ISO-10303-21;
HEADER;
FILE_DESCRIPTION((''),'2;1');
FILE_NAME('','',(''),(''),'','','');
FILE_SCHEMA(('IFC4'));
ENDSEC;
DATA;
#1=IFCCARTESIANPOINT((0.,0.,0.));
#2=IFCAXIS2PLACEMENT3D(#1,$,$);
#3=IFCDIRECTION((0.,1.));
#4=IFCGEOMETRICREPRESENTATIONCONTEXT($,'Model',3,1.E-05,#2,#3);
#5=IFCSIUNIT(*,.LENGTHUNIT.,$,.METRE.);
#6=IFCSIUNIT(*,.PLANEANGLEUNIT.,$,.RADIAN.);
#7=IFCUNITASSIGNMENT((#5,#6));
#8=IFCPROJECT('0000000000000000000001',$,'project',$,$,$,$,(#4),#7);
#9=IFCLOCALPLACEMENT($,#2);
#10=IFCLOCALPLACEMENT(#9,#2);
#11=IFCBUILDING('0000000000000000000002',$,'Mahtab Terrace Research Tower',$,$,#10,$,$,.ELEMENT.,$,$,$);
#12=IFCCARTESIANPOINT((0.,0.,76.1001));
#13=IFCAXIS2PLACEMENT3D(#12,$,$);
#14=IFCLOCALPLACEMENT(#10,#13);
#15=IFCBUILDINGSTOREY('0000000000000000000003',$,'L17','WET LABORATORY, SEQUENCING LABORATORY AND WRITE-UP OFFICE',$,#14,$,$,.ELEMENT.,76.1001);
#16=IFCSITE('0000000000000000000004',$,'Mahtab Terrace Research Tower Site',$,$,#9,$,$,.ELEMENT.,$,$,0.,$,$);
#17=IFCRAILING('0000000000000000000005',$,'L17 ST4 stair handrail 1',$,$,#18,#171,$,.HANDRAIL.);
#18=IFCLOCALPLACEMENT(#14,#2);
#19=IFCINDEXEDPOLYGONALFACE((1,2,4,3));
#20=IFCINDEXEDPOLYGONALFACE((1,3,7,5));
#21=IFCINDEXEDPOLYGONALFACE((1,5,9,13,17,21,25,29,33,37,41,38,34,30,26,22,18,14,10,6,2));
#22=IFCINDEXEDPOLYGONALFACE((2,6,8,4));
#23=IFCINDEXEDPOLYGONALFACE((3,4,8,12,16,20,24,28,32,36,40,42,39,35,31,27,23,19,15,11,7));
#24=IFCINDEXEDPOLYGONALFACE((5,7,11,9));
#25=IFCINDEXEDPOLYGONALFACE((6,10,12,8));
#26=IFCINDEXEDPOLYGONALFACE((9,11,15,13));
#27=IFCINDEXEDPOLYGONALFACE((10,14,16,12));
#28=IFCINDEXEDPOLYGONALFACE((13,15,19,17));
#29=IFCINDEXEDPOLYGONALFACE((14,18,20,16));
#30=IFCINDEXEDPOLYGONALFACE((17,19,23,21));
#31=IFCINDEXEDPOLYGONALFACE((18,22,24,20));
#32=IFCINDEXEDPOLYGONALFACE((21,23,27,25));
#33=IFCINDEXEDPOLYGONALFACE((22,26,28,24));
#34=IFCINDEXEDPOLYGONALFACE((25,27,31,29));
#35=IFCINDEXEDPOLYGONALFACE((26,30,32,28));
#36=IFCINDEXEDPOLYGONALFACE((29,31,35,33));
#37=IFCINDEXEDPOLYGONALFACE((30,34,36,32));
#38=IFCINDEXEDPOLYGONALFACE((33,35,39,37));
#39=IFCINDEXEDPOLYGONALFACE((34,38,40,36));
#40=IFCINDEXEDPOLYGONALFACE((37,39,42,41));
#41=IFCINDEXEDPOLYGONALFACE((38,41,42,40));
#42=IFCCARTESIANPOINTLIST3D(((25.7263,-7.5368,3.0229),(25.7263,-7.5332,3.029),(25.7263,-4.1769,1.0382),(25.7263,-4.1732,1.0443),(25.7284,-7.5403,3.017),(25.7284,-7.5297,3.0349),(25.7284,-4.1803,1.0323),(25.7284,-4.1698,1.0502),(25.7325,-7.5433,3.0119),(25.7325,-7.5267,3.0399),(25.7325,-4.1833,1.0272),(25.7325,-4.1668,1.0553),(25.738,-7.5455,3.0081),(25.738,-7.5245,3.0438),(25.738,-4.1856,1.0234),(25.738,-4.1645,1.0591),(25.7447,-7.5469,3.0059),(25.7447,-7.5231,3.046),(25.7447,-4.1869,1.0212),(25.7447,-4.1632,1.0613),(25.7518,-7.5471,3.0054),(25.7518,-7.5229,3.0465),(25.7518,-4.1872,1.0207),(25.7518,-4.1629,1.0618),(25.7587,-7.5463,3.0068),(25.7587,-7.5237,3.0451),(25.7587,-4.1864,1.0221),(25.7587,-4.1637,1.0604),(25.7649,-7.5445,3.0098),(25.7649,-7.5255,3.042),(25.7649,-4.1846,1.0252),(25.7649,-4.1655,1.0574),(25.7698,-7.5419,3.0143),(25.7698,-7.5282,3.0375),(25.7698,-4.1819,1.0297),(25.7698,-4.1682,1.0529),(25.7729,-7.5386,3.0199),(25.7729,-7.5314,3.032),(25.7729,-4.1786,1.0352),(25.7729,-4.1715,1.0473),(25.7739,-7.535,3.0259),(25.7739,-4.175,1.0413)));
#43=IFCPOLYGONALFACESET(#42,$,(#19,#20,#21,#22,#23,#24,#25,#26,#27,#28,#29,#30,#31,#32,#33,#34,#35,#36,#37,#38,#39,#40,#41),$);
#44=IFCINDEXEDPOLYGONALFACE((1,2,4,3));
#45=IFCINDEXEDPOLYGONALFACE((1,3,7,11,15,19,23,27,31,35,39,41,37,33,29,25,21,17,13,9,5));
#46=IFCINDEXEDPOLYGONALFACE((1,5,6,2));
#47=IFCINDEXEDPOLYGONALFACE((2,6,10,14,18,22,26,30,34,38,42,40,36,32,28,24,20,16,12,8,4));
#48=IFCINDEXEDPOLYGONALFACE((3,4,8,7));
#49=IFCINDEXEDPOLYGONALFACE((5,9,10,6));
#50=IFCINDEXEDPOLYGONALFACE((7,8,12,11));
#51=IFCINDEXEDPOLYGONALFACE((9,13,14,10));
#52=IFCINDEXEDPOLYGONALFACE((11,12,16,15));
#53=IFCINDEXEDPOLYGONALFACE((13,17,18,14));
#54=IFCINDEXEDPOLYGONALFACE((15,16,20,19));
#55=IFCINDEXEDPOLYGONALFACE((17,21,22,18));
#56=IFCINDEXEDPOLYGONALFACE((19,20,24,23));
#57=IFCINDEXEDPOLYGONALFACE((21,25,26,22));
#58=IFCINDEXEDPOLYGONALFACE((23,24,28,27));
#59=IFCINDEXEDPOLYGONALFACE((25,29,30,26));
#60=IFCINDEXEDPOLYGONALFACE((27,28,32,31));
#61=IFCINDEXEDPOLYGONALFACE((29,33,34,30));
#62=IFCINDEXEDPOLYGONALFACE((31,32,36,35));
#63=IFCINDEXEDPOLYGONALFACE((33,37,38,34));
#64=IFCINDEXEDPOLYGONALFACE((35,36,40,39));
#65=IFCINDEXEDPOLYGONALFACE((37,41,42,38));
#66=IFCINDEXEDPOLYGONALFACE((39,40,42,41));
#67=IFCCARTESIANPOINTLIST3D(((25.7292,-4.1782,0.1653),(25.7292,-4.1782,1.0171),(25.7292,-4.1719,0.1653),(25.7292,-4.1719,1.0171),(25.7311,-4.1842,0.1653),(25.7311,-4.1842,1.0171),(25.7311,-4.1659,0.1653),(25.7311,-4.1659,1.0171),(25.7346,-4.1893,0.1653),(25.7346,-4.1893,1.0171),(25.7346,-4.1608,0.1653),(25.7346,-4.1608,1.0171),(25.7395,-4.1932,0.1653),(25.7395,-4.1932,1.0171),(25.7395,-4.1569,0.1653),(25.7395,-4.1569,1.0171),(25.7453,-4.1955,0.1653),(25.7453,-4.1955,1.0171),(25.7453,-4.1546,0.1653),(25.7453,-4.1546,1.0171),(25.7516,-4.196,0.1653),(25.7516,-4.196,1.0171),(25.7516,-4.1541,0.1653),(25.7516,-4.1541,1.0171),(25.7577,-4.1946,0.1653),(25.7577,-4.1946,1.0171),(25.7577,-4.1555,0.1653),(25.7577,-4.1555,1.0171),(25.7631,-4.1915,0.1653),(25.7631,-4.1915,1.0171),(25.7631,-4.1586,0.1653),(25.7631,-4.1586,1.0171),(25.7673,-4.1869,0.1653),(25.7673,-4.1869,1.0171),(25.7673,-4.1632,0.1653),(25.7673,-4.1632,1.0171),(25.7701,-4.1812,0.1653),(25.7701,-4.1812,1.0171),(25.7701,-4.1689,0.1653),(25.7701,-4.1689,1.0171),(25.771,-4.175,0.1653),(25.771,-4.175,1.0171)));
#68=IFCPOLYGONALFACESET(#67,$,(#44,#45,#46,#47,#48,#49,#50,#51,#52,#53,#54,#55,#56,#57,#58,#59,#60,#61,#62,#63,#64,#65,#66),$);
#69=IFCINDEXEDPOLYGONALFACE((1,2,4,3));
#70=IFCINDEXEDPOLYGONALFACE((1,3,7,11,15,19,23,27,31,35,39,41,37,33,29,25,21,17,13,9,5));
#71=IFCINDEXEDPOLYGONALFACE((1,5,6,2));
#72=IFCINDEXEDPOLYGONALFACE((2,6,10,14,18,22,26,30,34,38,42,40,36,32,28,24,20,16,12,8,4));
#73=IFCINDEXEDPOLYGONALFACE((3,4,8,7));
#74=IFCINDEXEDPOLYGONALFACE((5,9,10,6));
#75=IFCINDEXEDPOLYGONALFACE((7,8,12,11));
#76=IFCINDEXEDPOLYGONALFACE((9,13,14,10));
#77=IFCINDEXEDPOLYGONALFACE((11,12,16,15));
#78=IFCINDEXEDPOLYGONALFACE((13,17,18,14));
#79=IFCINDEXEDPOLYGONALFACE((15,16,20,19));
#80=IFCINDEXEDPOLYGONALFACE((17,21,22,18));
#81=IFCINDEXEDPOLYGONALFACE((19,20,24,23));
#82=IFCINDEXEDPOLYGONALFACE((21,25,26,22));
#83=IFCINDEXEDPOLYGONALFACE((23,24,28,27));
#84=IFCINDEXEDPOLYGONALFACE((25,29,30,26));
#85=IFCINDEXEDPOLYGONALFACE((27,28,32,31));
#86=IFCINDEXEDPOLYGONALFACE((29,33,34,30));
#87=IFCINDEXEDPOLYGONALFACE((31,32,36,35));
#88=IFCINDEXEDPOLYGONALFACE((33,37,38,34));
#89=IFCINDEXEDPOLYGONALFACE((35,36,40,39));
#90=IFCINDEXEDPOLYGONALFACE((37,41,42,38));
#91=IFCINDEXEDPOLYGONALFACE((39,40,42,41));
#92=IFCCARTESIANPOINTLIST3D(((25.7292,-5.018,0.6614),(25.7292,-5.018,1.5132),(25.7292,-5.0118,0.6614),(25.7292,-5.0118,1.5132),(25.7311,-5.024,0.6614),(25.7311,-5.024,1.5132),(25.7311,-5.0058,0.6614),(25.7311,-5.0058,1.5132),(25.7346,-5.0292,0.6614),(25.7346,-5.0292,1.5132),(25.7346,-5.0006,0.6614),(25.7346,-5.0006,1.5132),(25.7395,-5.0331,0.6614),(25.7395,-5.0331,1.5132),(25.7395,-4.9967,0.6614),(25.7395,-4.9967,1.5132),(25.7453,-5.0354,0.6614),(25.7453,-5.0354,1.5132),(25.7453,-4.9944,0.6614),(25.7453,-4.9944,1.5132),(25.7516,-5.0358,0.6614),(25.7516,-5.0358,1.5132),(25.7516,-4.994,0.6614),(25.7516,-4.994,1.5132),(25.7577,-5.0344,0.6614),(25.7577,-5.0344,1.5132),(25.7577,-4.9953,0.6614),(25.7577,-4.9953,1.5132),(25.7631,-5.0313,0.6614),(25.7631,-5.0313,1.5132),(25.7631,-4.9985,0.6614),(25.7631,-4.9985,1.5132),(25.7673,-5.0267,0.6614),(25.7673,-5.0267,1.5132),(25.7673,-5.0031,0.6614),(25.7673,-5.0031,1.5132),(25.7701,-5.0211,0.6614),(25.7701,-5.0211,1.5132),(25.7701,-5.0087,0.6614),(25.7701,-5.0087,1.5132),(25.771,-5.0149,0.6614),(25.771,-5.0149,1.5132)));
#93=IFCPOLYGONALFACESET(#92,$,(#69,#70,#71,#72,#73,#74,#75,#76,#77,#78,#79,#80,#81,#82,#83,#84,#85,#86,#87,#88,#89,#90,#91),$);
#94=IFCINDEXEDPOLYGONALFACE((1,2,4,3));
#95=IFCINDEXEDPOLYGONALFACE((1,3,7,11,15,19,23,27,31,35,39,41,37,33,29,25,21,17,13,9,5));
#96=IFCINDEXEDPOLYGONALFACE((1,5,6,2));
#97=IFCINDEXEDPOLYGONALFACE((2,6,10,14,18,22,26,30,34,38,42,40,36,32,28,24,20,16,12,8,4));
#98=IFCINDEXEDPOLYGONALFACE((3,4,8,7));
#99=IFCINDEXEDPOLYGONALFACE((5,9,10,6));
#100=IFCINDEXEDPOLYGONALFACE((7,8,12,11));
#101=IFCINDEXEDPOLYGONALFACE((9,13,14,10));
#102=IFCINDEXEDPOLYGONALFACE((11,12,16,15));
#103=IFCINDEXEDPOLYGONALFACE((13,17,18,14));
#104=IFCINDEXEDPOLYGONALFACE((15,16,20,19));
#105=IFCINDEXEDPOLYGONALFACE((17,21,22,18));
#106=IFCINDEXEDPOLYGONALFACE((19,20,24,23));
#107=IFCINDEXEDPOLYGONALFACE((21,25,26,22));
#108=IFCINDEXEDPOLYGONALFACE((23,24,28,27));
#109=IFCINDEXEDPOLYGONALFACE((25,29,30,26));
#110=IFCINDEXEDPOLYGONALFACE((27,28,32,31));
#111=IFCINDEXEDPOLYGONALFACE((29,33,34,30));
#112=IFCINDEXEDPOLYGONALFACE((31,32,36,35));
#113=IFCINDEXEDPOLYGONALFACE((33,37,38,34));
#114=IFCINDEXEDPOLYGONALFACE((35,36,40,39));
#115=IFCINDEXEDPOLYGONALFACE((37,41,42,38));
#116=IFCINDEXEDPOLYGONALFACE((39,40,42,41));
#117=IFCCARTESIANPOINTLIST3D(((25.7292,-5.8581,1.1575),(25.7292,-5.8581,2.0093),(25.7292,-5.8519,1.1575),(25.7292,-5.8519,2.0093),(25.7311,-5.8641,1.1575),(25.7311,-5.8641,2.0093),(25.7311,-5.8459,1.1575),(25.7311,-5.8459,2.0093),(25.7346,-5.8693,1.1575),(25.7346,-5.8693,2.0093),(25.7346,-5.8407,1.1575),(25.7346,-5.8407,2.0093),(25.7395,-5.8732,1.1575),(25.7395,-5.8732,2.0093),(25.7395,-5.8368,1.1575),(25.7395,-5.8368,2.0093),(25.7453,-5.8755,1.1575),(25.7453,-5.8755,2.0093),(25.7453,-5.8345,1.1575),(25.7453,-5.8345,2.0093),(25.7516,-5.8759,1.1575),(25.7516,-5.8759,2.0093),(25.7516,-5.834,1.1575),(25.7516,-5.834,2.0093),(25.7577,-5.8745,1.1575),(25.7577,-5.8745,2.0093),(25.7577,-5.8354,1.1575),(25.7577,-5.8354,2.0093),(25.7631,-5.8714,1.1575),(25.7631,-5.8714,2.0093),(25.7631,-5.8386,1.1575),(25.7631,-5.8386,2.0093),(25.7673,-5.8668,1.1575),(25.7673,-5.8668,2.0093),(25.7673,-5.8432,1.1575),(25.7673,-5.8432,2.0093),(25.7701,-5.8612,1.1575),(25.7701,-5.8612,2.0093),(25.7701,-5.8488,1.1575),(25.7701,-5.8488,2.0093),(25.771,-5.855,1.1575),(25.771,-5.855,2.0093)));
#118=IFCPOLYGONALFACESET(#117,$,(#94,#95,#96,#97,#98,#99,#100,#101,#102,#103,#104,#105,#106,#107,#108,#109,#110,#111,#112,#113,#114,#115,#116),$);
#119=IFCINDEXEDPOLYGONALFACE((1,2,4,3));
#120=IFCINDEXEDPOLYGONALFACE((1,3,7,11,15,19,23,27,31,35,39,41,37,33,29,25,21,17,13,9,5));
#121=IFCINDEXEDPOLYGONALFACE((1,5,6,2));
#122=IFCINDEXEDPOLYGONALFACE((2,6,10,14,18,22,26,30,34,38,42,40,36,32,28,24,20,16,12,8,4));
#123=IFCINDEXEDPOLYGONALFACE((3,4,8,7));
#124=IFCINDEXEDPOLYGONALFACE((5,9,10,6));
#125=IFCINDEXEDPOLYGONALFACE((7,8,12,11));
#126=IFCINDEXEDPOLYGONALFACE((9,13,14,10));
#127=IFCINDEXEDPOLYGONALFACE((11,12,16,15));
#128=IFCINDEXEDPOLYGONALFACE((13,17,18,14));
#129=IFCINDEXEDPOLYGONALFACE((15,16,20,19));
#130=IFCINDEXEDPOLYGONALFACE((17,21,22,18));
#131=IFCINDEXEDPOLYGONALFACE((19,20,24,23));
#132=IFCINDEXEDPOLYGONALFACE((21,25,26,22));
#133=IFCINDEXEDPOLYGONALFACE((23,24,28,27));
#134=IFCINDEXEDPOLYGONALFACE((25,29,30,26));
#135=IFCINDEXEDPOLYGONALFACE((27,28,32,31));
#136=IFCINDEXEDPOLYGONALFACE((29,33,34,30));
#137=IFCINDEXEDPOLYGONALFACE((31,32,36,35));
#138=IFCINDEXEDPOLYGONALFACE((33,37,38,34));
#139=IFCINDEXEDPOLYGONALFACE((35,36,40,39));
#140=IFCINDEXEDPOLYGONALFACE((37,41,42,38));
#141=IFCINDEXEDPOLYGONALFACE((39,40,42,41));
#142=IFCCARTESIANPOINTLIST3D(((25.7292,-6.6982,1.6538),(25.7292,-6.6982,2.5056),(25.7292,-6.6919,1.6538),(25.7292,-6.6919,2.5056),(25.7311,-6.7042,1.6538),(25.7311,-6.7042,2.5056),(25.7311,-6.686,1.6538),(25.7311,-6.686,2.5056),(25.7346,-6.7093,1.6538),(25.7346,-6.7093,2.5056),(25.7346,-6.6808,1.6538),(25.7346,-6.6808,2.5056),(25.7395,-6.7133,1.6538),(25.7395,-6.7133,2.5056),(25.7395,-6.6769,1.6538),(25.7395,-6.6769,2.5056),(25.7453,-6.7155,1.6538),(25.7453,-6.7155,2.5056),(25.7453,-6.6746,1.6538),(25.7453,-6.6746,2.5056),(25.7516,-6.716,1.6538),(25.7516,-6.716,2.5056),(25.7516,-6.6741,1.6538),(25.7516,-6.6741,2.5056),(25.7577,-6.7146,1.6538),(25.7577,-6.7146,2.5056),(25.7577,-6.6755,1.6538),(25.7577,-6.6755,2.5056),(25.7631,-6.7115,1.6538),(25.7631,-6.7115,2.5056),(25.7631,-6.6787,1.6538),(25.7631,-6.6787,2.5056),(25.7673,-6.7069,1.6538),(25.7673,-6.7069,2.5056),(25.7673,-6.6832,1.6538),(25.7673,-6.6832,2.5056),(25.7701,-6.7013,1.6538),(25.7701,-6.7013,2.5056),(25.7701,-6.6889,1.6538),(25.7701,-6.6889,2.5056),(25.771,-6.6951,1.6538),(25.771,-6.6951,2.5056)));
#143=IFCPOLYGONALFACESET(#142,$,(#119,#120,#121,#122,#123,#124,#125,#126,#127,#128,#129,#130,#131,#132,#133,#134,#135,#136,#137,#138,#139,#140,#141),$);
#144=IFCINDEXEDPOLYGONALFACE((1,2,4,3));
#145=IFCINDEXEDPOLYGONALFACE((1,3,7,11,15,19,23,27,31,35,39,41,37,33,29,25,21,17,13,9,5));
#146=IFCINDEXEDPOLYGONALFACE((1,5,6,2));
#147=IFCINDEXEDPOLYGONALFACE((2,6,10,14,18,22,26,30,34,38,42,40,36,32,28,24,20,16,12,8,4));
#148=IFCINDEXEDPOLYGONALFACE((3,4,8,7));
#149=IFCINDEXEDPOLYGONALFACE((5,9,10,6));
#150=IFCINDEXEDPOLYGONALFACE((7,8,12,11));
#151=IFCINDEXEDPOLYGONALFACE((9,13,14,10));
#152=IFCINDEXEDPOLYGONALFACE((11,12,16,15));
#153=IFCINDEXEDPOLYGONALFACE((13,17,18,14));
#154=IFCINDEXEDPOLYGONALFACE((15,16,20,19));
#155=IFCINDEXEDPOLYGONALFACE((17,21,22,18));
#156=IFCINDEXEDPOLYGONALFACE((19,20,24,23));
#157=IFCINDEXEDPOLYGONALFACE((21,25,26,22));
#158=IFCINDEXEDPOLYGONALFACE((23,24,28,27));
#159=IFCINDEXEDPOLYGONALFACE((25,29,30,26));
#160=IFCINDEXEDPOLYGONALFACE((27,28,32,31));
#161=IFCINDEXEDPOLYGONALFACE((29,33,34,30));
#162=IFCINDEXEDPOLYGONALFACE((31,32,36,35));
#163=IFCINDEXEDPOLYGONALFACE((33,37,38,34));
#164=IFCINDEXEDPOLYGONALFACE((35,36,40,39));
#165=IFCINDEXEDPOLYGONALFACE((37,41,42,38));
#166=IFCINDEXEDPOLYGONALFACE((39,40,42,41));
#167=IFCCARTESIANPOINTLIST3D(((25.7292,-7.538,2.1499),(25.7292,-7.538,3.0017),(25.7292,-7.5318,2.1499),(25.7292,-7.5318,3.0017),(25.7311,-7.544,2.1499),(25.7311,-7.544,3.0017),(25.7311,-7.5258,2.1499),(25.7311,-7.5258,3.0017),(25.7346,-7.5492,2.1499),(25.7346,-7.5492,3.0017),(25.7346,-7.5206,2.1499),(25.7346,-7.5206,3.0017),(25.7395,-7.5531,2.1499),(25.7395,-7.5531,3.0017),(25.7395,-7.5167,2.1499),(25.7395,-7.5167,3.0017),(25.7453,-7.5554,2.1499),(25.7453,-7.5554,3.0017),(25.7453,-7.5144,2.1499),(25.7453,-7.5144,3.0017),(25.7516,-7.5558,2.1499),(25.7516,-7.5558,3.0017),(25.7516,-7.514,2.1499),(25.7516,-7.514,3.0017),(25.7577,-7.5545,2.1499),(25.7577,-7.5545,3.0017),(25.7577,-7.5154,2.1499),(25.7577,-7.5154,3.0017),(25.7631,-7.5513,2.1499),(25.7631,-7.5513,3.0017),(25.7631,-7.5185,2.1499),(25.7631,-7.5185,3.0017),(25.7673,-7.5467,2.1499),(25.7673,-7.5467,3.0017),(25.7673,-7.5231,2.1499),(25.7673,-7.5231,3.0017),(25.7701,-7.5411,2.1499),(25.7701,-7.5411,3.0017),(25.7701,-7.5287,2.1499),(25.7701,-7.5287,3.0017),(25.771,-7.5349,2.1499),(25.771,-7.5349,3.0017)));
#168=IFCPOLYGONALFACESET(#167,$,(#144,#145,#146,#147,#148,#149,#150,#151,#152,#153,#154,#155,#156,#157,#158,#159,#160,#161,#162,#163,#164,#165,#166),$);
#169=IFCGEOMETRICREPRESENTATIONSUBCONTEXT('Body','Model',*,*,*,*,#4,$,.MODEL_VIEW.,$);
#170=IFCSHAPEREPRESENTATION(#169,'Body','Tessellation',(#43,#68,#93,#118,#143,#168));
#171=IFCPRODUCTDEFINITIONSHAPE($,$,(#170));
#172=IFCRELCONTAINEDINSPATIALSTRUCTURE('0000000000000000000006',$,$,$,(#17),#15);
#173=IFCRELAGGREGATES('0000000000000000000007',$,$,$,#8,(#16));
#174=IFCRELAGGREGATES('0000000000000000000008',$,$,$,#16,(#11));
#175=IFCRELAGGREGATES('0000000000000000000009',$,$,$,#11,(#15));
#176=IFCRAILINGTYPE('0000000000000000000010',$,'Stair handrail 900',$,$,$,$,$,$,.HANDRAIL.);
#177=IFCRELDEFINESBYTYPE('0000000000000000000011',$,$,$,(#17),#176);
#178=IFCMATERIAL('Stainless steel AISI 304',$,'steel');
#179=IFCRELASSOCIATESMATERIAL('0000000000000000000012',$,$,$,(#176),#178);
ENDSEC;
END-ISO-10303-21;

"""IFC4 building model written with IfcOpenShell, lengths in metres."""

from ifc_helpers import new_model, si_unit, direction, frame, origin, origin_2d, place, context, subcontext, project, spatial, circle, extrude, material, type_object, element, save


model = new_model("IFC4")

# Units and contexts
model_context = context("Model", 3, precision=1e-05, world=origin(), true_north=direction((0.0, 1.0)))
body_context = subcontext(model_context, "Body", "Model", "MODEL_VIEW")
ifc_project = project(units=[si_unit("LENGTHUNIT", "METRE"), si_unit("PLANEANGLEUNIT", "RADIAN")], contexts=[model_context])

# Site, building, storey
site_placement = place(None, origin())
site = spatial("IfcSite", under=ifc_project, at=site_placement, Name="Mahtab Terrace Research Tower Site", CompositionType="ELEMENT", RefElevation=0.0)
building_placement = place(site_placement, origin())
building = spatial("IfcBuilding", under=site, at=building_placement, Name="Mahtab Terrace Research Tower", CompositionType="ELEMENT")
storey_placement = place(building_placement, frame((0.0, 0.0, 76.1001)))
storey = spatial("IfcBuildingStorey", under=building, at=storey_placement, Name="L17", Description="WET LABORATORY, SEQUENCING LABORATORY AND WRITE-UP OFFICE", CompositionType="ELEMENT", Elevation=76.1001)

# Shared definitions
ifc_material_1 = material(Name="Stainless steel AISI 304", Category="steel")

# Railing
railing_type_1 = type_object("IfcRailingType", Name="Stair handrail 900", PredefinedType="HANDRAIL", material=ifc_material_1)
railing_1_placement = place(storey_placement, frame((25.75, -4.175, 0.1653)))
element("IfcRailing", 1, at=railing_1_placement, inside=storey, type_object=railing_type_1, Name="L17 ST4 stair handrail 1", PredefinedType="HANDRAIL", context=body_context, shape_type="SweptSolid", body=[
    extrude(circle(Radius=0.0239, at=origin_2d()), frame((0.0, 0.0, 0.876), z_axis=(0.0, -0.861011, 0.508586), x_axis=(1.0, 0.0, 0.0)), (0.0, 0.0, 1.0), 3.9023),
    extrude(circle(Radius=0.021, at=origin_2d()), origin(), (0.0, 0.0, 1.0), 0.8518),
    extrude(circle(Radius=0.021, at=origin_2d()), frame((0.0, -0.8398, 0.4961)), (0.0, 0.0, 1.0), 0.8518),
    extrude(circle(Radius=0.021, at=origin_2d()), frame((0.0, -1.6799, 0.9922)), (0.0, 0.0, 1.0), 0.8518),
    extrude(circle(Radius=0.021, at=origin_2d()), frame((0.0, -2.52, 1.4885)), (0.0, 0.0, 1.0), 0.8518),
    extrude(circle(Radius=0.021, at=origin_2d()), frame((0.0, -3.3599, 1.9846)), (0.0, 0.0, 1.0), 0.8518),
])

save(model, "model.ifc")
